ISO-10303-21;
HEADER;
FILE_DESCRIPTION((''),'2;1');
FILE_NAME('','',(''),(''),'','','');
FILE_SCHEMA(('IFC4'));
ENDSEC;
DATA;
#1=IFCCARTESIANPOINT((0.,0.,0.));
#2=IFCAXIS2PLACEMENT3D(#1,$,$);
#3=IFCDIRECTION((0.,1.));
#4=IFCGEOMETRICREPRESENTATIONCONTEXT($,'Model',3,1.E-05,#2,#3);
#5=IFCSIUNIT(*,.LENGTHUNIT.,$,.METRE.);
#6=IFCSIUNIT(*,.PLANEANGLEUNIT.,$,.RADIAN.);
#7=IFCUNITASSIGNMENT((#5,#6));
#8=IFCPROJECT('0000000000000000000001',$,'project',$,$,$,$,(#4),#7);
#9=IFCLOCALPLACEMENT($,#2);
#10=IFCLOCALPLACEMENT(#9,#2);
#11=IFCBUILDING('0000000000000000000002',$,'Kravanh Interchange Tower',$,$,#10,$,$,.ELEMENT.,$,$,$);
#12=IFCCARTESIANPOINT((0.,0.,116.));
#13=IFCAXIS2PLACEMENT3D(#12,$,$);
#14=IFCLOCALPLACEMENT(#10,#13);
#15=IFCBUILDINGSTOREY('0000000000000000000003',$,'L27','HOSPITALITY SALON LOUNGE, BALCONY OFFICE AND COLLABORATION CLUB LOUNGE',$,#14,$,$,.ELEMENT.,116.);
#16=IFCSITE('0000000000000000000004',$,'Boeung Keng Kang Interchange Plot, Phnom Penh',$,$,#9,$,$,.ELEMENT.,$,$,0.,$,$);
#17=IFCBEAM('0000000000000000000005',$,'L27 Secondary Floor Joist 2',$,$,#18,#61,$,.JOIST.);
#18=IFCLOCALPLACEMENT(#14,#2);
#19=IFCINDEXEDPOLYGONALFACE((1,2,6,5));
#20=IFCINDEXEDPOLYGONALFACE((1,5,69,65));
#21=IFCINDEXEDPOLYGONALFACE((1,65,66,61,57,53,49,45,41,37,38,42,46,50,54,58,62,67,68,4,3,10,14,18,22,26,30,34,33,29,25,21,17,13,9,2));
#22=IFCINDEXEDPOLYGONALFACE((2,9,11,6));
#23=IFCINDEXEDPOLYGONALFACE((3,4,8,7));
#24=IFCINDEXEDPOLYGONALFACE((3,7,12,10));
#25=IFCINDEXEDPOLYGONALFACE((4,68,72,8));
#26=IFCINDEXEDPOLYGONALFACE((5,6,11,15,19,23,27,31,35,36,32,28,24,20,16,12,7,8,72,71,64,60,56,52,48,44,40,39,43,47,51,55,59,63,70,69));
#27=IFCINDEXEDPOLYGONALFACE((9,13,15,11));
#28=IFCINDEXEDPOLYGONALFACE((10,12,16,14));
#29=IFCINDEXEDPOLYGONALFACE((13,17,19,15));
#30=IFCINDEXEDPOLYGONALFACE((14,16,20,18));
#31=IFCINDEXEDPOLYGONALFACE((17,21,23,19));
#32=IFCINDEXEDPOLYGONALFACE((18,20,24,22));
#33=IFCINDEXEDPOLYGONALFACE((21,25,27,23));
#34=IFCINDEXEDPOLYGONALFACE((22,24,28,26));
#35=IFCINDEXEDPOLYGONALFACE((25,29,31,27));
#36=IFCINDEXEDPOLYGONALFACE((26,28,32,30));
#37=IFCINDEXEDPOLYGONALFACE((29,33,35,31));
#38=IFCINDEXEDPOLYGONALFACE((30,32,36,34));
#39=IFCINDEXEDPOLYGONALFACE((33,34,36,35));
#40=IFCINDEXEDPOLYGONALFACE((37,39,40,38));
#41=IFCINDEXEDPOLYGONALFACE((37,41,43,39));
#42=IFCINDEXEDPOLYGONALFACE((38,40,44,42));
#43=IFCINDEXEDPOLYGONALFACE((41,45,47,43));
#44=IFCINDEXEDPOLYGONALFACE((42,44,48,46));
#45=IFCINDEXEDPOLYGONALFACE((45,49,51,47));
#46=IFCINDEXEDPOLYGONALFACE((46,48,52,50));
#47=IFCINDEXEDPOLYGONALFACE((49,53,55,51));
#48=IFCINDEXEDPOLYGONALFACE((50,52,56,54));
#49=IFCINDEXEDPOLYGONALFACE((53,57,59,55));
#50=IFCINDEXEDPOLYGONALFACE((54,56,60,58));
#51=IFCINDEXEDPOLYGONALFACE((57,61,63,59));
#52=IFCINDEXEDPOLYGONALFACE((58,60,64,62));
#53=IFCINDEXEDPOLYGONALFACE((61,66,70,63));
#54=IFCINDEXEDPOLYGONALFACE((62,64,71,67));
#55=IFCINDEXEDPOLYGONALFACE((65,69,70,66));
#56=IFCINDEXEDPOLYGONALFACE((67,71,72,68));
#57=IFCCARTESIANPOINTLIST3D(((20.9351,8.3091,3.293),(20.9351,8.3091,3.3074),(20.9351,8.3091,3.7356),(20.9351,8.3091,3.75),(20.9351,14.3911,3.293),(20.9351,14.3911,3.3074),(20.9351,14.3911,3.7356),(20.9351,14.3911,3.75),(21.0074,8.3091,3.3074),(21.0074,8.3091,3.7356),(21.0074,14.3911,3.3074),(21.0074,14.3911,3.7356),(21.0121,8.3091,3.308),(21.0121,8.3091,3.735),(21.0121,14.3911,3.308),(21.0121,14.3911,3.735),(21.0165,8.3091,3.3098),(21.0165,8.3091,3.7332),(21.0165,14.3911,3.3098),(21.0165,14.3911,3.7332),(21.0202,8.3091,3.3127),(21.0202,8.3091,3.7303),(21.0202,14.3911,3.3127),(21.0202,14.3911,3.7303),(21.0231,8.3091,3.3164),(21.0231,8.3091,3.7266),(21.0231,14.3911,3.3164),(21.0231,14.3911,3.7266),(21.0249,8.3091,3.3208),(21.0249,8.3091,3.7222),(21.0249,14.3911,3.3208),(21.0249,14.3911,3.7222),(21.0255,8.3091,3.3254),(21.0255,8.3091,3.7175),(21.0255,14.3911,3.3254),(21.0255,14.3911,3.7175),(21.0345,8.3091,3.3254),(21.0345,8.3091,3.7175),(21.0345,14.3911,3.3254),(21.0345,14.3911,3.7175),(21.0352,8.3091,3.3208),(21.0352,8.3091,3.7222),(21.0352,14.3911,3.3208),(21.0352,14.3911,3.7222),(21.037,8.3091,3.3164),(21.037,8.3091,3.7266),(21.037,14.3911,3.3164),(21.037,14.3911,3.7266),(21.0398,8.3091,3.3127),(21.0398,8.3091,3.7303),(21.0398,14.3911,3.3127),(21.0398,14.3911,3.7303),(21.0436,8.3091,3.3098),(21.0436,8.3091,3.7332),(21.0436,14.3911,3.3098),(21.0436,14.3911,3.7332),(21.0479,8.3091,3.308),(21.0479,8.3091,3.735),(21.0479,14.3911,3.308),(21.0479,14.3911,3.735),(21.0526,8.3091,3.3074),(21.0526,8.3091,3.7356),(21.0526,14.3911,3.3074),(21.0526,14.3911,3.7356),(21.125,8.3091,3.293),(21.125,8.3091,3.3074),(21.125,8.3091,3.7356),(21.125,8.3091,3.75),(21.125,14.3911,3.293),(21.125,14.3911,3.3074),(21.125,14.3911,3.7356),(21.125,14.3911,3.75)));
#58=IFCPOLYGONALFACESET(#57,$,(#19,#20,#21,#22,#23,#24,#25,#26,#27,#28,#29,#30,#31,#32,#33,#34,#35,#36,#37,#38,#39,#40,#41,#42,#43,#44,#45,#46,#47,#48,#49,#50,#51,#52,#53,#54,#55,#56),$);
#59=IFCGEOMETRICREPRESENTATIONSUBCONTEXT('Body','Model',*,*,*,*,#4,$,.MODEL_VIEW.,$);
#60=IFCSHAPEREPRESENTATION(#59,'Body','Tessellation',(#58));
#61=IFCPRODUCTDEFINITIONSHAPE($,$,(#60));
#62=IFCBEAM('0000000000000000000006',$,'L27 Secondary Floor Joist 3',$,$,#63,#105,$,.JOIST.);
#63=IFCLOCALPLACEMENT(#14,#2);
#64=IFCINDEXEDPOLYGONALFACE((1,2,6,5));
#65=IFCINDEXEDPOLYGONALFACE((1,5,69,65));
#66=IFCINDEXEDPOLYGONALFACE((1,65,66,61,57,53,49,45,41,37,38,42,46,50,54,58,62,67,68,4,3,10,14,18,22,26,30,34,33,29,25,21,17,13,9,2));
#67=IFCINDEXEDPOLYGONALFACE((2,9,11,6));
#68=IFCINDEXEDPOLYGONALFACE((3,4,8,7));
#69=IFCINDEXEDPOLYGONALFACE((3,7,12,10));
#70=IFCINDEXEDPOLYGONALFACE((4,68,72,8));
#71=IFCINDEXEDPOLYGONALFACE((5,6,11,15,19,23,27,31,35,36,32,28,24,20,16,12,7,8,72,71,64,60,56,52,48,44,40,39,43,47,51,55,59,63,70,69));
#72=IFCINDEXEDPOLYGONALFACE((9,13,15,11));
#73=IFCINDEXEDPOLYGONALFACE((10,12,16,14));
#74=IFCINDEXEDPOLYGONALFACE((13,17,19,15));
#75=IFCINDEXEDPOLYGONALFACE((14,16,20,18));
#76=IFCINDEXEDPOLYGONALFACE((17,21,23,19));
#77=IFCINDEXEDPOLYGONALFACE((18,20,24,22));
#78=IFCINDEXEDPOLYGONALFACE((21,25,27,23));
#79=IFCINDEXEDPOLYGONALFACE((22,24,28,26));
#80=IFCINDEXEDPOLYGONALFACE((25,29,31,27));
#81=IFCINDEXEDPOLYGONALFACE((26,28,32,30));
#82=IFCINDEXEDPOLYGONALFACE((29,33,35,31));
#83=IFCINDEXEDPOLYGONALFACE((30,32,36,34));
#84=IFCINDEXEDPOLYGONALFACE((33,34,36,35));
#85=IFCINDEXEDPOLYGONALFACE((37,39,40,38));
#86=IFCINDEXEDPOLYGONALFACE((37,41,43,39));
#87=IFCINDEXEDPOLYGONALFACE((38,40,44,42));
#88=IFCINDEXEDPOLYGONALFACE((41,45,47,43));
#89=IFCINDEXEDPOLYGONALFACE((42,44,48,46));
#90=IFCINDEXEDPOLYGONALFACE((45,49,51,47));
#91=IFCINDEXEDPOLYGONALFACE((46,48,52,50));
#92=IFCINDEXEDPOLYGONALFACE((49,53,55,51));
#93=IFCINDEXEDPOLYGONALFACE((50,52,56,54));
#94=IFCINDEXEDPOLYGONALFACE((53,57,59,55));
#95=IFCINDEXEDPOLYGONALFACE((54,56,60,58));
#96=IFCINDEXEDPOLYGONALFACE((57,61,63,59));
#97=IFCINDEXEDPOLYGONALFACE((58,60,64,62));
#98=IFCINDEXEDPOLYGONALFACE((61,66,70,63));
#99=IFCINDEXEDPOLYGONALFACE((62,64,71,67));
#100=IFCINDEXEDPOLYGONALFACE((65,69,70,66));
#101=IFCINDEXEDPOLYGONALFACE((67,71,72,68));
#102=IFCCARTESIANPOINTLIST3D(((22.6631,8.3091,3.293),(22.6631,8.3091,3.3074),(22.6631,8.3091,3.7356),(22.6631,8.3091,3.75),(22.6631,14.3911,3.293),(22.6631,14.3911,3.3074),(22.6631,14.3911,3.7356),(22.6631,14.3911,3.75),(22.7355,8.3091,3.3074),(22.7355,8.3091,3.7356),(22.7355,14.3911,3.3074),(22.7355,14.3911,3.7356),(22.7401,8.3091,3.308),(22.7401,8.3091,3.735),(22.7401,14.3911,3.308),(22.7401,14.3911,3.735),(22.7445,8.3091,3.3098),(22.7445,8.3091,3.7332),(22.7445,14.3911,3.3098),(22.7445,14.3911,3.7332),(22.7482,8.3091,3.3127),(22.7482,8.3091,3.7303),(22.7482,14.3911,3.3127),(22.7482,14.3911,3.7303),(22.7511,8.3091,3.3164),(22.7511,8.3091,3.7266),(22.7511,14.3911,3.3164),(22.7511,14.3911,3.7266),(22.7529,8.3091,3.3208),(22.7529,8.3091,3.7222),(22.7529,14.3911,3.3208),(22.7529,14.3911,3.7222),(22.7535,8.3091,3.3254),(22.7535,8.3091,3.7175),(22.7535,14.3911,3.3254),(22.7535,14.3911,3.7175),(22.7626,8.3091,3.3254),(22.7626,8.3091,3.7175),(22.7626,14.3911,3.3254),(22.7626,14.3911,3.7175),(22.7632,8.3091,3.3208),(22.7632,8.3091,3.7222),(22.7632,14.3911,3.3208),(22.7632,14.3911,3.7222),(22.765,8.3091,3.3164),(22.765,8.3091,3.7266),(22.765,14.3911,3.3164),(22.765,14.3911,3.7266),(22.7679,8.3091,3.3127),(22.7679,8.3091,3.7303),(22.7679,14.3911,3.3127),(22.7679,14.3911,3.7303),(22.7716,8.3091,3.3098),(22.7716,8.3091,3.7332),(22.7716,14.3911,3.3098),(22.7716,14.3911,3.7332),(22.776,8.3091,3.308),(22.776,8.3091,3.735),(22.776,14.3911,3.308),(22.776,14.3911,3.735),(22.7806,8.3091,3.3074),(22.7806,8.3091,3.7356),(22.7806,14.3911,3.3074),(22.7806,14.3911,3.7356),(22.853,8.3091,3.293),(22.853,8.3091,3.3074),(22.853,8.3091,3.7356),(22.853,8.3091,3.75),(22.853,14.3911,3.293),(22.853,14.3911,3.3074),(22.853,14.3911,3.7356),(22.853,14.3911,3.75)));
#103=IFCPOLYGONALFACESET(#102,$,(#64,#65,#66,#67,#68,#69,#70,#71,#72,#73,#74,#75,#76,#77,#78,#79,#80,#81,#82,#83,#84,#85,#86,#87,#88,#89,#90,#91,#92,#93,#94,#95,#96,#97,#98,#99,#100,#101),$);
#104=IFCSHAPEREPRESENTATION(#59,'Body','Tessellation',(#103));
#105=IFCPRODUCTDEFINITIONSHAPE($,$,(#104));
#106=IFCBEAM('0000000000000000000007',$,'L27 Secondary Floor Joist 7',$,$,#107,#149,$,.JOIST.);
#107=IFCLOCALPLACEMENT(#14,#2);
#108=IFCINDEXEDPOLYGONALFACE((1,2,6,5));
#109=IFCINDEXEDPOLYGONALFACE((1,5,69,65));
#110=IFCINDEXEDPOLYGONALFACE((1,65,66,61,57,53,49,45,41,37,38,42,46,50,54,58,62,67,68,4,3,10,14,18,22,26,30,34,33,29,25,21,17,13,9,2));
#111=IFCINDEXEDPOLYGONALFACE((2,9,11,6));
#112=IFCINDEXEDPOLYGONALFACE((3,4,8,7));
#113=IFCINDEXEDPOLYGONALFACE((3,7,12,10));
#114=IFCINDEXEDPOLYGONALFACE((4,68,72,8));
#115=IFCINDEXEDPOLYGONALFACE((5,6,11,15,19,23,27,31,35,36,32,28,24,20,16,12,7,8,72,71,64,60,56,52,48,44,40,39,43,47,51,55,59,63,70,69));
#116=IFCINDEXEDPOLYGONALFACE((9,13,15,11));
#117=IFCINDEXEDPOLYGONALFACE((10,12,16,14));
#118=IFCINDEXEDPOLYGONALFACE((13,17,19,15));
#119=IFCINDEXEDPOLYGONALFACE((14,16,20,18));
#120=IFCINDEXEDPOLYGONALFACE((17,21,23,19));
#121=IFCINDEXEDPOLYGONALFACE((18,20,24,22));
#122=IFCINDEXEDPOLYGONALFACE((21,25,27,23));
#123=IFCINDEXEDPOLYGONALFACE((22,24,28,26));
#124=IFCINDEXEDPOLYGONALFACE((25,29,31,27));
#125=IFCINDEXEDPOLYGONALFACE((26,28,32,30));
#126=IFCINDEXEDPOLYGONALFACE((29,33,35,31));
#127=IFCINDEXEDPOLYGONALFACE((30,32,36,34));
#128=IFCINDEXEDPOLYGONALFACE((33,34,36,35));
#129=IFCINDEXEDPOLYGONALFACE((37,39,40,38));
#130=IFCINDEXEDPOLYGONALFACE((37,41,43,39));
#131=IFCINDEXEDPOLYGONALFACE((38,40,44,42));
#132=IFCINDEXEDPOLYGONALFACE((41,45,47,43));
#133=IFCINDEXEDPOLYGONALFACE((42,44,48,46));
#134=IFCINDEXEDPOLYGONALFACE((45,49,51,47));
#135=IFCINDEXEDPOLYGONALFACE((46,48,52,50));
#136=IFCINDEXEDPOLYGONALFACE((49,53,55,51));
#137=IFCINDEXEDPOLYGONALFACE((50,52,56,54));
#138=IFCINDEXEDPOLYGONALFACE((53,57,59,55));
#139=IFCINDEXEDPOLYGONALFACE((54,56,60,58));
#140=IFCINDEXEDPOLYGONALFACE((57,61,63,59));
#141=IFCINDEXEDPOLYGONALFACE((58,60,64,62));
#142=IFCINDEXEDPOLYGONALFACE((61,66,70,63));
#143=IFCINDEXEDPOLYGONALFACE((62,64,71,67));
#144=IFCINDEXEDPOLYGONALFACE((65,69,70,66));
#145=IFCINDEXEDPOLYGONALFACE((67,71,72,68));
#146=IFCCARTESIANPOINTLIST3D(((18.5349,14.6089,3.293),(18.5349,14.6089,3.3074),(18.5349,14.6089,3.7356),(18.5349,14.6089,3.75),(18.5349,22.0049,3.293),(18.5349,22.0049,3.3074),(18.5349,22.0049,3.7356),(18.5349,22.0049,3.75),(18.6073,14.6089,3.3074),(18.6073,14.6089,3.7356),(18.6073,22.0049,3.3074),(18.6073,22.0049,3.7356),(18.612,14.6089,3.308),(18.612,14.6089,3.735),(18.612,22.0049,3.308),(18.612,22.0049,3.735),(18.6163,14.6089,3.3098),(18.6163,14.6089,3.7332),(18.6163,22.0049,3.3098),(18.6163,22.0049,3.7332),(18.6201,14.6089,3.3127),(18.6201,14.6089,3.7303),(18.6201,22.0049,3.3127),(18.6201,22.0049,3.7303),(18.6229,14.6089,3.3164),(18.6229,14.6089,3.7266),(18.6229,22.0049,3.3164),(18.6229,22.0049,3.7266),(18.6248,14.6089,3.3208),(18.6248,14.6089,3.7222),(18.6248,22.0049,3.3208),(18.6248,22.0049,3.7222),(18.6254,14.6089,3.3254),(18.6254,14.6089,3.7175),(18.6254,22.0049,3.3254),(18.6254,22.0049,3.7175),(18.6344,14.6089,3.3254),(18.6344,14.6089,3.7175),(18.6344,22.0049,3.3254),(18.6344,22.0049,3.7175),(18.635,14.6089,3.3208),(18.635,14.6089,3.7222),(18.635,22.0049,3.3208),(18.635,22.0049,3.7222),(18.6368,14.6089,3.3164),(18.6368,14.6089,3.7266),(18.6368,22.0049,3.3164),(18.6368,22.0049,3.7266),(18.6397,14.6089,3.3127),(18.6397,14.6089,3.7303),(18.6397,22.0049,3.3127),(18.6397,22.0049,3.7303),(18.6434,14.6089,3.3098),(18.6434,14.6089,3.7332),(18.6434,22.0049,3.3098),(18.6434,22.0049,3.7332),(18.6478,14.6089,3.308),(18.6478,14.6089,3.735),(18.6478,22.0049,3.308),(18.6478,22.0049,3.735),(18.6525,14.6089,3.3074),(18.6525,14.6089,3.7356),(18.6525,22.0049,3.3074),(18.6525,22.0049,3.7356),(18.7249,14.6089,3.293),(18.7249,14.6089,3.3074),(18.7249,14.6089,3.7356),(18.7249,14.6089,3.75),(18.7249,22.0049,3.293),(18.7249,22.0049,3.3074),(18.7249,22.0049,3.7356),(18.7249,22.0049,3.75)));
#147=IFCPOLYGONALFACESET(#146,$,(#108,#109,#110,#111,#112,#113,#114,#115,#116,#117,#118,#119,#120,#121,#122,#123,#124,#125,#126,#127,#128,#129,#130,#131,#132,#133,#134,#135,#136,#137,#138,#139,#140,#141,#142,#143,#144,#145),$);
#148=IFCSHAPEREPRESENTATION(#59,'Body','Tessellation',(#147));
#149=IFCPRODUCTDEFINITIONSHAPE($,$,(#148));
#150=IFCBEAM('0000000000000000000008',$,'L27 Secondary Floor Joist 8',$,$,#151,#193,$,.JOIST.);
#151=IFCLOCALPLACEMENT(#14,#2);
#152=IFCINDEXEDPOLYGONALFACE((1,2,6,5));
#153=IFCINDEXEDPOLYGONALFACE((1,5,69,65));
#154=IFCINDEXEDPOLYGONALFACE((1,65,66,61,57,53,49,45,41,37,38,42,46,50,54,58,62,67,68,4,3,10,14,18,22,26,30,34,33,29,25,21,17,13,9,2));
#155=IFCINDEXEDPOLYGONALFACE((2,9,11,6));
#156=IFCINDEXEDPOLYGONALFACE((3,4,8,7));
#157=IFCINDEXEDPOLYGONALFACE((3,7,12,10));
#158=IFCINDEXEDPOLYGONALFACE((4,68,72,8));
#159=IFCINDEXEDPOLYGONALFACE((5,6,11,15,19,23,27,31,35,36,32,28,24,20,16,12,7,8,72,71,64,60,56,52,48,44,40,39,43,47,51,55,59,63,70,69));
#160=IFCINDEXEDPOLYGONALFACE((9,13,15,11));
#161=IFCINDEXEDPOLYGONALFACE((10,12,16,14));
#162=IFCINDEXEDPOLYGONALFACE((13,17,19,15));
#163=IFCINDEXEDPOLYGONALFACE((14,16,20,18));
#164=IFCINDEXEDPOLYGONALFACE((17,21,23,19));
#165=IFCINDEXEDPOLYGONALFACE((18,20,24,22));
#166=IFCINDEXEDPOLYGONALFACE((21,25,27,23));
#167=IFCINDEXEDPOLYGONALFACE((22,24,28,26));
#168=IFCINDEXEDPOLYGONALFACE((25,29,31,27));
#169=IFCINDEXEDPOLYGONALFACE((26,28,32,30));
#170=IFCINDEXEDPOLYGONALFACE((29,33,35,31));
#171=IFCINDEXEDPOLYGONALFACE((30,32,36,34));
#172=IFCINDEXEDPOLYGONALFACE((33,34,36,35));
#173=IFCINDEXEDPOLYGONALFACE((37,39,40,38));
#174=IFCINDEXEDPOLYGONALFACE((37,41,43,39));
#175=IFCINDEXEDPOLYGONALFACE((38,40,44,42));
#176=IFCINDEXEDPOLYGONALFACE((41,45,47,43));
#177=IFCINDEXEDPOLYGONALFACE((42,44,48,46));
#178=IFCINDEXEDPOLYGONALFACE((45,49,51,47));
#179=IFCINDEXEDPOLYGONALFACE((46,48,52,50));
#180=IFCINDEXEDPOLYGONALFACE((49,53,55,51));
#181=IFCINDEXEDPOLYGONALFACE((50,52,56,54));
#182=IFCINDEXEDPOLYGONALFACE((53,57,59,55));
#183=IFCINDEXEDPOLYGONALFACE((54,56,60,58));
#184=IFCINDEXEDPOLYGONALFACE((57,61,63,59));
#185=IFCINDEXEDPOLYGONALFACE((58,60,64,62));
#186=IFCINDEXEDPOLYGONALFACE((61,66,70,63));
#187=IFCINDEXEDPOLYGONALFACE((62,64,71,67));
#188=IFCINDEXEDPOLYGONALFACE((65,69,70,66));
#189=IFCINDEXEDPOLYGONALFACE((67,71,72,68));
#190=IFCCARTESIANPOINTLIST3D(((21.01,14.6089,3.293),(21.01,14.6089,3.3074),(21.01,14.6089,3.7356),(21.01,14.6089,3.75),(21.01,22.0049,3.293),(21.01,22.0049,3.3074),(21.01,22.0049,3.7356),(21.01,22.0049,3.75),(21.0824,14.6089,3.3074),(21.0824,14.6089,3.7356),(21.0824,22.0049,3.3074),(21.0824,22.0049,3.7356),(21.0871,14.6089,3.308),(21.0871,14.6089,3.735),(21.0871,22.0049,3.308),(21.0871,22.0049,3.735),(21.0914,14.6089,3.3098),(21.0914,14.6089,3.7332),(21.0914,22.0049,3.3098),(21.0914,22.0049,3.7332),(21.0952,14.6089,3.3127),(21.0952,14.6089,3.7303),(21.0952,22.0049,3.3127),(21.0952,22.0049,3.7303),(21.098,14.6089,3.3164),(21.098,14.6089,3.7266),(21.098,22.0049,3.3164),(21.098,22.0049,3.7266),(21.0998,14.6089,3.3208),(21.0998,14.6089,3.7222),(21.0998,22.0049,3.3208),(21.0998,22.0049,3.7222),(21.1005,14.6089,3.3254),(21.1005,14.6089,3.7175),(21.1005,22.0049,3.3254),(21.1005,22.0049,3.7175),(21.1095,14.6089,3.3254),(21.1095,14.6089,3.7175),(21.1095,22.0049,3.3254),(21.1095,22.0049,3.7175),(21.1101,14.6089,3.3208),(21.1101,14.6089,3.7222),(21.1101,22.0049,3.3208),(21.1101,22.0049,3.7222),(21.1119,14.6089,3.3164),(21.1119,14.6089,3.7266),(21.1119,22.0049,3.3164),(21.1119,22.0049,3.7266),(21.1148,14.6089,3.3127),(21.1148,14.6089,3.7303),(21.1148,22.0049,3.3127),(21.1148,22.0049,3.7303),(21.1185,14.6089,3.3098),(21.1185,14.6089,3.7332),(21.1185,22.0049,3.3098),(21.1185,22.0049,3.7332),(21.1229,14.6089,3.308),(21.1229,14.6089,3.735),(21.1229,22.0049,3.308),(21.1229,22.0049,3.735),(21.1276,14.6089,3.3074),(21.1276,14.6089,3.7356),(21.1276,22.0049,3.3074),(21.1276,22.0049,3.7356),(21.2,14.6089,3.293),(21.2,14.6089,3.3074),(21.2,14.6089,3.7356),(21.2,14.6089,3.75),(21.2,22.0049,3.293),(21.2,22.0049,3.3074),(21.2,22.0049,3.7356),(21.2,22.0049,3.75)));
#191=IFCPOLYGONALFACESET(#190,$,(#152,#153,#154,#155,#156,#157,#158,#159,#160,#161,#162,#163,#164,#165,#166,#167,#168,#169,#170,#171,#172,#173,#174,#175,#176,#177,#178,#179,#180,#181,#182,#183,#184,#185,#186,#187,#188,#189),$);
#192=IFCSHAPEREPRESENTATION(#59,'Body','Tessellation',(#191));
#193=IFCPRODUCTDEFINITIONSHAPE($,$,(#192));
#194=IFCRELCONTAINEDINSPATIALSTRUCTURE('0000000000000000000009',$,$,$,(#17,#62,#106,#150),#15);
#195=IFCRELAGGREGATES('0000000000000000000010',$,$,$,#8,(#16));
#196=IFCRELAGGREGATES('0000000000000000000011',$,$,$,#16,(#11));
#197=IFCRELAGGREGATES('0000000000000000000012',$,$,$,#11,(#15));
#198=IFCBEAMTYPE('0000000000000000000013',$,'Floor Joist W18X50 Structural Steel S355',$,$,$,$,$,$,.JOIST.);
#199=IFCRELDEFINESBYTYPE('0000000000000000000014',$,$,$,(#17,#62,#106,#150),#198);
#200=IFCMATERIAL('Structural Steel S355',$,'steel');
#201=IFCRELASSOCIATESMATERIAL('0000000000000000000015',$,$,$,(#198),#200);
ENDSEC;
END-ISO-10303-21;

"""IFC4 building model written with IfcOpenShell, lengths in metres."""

from ifc_helpers import new_model, si_unit, direction, frame, origin, origin_2d, place, context, subcontext, project, spatial, i_section, extrude, material, material_profile, profile_set, type_object, element, save


model = new_model("IFC4")

# Units and contexts
model_context = context("Model", 3, precision=1e-05, world=origin(), true_north=direction((0.0, 1.0)))
body_context = subcontext(model_context, "Body", "Model", "MODEL_VIEW")
ifc_project = project(units=[si_unit("LENGTHUNIT", "METRE"), si_unit("PLANEANGLEUNIT", "RADIAN")], contexts=[model_context])

# Site, building, storey
site_placement = place(None, origin())
site = spatial("IfcSite", under=ifc_project, at=site_placement, Name="Boeung Keng Kang Interchange Plot, Phnom Penh", CompositionType="ELEMENT", RefElevation=0.0)
building_placement = place(site_placement, origin())
building = spatial("IfcBuilding", under=site, at=building_placement, Name="Kravanh Interchange Tower", CompositionType="ELEMENT")
storey_placement = place(building_placement, frame((0.0, 0.0, 116.0)))
storey = spatial("IfcBuildingStorey", under=building, at=storey_placement, Name="L27", Description="HOSPITALITY SALON LOUNGE, BALCONY OFFICE AND COLLABORATION CLUB LOUNGE", CompositionType="ELEMENT", Elevation=116.0)

# Beams
ifc_material_1 = material(Name="Structural Steel S355", Category="steel")
ifc_material_profile_1 = material_profile(ifc_material_1, i_section(OverallWidth=0.1899, OverallDepth=0.457, WebThickness=0.009, FlangeThickness=0.0144, FilletRadius=0.0181, at=origin_2d()), Name="W18X50")
ifc_profile_set_1 = profile_set([ifc_material_profile_1], Name="Structural Steel S355")
beam_type_1 = type_object("IfcBeamType", Name="Floor Joist W18X50 Structural Steel S355", PredefinedType="JOIST", material=ifc_profile_set_1)
for number, where, z_axis, x_axis, name in (
    (1, (21.03, 8.3091, 3.5215), (0.0, 1.0, 0.0), (-1.0, 0.0, 0.0), "L27 Secondary Floor Joist 2"),
    (2, (22.7581, 8.3091, 3.5215), (0.0, 1.0, 0.0), (-1.0, 0.0, 0.0), "L27 Secondary Floor Joist 3"),
):
    element("IfcBeam", number, at=place(storey_placement, frame(where, z_axis=z_axis, x_axis=x_axis)), inside=storey, type_object=beam_type_1, Name=name, PredefinedType="JOIST", context=body_context, shape_type="SweptSolid", body=[
        extrude(i_section(OverallWidth=0.1899, OverallDepth=0.457, WebThickness=0.009, FlangeThickness=0.0144, FilletRadius=0.0181, at=origin_2d()), origin(), (0.0, 0.0, 1.0), 6.082),
    ])
for number, where, z_axis, x_axis, name in (
    (3, (18.6299, 14.6089, 3.5215), (0.0, 1.0, 0.0), (-1.0, 0.0, 0.0), "L27 Secondary Floor Joist 7"),
    (4, (21.105, 14.6089, 3.5215), (0.0, 1.0, 0.0), (-1.0, 0.0, 0.0), "L27 Secondary Floor Joist 8"),
):
    element("IfcBeam", number, at=place(storey_placement, frame(where, z_axis=z_axis, x_axis=x_axis)), inside=storey, type_object=beam_type_1, Name=name, PredefinedType="JOIST", context=body_context, shape_type="SweptSolid", body=[
        extrude(i_section(OverallWidth=0.1899, OverallDepth=0.457, WebThickness=0.009, FlangeThickness=0.0144, FilletRadius=0.0181, at=origin_2d()), origin(), (0.0, 0.0, 1.0), 7.396),
    ])

save(model, "model.ifc")
